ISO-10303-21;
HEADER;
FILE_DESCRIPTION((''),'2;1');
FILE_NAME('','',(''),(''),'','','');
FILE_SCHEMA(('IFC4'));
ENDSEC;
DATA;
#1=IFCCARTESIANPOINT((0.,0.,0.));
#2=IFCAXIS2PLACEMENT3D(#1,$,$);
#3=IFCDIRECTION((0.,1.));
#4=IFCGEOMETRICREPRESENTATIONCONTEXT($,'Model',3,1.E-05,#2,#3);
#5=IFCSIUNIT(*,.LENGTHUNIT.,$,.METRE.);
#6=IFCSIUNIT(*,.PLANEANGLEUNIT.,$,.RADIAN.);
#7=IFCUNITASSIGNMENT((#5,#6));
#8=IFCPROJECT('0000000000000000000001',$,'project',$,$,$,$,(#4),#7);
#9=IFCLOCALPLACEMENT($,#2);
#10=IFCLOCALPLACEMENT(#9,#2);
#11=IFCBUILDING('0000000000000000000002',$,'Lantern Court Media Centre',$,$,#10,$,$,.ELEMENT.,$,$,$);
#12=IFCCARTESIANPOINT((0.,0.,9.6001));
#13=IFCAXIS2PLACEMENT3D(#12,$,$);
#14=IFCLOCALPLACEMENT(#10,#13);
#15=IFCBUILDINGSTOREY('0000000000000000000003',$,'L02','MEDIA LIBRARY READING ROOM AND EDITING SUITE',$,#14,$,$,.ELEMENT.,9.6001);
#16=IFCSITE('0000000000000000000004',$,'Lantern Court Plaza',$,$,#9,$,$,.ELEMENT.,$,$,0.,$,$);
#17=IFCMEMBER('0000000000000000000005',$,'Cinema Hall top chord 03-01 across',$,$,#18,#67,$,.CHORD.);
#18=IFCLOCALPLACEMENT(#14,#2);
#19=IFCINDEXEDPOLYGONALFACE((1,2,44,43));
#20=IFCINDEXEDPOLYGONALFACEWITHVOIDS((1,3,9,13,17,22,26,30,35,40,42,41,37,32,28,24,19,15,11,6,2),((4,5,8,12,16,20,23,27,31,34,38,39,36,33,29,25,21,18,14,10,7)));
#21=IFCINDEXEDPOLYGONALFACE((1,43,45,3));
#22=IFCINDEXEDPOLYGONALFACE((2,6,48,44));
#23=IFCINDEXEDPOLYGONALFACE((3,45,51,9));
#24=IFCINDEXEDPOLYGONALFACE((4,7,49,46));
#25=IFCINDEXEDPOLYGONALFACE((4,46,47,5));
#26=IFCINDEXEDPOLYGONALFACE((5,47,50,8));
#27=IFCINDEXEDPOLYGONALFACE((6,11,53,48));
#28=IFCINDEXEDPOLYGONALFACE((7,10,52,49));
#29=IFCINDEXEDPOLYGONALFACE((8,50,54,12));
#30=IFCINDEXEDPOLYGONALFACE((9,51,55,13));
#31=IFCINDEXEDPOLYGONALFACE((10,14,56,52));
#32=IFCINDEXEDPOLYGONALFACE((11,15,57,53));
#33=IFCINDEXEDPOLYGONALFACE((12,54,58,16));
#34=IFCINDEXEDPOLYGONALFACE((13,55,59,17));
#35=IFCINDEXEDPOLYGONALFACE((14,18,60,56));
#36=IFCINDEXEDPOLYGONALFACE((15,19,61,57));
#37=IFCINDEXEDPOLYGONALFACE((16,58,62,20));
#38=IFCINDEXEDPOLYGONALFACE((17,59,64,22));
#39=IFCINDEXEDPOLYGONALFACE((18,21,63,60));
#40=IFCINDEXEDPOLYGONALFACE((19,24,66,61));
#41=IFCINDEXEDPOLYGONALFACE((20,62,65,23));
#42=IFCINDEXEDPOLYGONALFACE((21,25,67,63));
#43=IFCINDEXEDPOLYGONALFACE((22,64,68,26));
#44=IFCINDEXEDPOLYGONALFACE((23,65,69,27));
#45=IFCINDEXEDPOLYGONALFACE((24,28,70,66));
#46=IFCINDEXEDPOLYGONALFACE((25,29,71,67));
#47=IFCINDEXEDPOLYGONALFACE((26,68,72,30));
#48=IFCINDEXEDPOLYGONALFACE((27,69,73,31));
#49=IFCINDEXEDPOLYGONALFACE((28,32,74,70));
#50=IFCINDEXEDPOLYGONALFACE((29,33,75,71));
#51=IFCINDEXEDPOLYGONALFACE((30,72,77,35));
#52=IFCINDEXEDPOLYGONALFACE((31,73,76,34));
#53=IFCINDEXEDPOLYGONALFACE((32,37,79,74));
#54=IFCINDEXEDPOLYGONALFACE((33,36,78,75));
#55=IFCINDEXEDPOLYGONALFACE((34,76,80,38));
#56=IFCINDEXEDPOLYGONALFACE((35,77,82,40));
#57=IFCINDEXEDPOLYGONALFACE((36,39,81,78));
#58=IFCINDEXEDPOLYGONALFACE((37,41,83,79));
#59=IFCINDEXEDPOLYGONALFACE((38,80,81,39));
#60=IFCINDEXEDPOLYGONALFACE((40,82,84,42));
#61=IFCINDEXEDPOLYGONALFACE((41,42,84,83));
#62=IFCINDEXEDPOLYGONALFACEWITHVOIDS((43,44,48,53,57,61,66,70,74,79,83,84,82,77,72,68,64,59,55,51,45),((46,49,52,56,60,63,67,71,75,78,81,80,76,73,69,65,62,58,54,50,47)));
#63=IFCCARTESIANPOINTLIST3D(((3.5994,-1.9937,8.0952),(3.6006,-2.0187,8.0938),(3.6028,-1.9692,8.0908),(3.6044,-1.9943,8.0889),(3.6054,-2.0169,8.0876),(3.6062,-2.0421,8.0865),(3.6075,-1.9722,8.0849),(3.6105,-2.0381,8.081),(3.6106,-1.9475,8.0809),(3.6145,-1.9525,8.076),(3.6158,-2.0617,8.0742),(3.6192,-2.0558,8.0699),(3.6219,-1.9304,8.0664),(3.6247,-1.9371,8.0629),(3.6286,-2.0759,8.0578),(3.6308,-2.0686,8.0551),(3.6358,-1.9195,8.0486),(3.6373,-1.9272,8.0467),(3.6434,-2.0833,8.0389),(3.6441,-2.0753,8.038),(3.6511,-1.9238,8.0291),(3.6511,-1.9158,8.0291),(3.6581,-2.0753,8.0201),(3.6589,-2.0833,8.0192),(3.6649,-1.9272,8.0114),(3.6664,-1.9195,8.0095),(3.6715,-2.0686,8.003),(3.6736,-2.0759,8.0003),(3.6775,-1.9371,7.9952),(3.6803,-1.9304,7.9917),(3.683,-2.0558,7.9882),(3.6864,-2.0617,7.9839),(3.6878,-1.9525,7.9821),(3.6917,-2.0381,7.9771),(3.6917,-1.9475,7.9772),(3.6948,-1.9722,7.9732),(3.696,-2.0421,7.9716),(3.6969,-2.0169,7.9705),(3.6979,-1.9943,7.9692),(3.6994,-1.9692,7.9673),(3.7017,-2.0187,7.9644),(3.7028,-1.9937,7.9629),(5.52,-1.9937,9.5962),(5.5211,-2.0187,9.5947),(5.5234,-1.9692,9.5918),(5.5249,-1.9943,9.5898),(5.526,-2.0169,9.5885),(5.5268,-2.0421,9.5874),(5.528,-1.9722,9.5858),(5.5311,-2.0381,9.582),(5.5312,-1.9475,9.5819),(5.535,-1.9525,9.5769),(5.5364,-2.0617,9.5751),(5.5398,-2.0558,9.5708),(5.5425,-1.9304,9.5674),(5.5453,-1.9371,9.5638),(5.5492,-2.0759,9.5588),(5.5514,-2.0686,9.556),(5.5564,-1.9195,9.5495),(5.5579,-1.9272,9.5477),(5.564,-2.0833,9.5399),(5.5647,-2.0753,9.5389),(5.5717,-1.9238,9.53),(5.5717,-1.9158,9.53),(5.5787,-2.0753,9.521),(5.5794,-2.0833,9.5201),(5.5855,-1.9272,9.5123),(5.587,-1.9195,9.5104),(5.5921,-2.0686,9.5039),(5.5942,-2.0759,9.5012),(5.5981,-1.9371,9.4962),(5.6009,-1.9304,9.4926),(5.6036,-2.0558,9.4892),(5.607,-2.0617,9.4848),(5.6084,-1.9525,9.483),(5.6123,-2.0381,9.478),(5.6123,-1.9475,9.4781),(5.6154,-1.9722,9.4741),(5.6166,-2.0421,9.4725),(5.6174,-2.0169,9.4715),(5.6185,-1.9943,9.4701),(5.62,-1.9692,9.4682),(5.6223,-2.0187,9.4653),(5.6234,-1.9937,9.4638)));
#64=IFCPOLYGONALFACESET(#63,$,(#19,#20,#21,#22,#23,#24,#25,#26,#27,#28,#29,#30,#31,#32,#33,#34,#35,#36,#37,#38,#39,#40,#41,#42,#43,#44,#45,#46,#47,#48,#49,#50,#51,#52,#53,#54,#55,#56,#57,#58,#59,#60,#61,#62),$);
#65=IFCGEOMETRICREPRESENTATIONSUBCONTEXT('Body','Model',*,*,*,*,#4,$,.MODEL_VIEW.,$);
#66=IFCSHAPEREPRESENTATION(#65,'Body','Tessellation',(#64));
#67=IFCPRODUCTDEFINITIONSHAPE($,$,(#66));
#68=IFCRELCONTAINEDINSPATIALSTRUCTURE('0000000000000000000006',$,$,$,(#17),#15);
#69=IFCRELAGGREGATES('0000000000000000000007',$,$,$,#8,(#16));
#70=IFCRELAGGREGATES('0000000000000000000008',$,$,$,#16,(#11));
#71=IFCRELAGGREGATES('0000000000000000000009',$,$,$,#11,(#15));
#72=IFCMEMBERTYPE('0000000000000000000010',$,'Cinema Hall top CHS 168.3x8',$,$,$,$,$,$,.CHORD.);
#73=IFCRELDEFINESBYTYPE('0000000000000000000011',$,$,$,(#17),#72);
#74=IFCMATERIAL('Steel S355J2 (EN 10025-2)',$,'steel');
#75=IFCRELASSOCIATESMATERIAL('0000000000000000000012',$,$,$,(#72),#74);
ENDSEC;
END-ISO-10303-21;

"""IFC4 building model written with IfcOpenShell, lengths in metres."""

from ifc_helpers import new_model, si_unit, direction, frame, origin, origin_2d, place, context, subcontext, project, spatial, hollow_circle, extrude, material, material_profile, profile_set, type_object, element, save


model = new_model("IFC4")

# Units and contexts
model_context = context("Model", 3, precision=1e-05, world=origin(), true_north=direction((0.0, 1.0)))
body_context = subcontext(model_context, "Body", "Model", "MODEL_VIEW")
ifc_project = project(units=[si_unit("LENGTHUNIT", "METRE"), si_unit("PLANEANGLEUNIT", "RADIAN")], contexts=[model_context])

# Site, building, storey
site_placement = place(None, origin())
site = spatial("IfcSite", under=ifc_project, at=site_placement, Name="Lantern Court Plaza", CompositionType="ELEMENT", RefElevation=0.0)
building_placement = place(site_placement, origin())
building = spatial("IfcBuilding", under=site, at=building_placement, Name="Lantern Court Media Centre", CompositionType="ELEMENT")
storey_placement = place(building_placement, frame((0.0, 0.0, 9.6001)))
storey = spatial("IfcBuildingStorey", under=building, at=storey_placement, Name="L02", Description="MEDIA LIBRARY READING ROOM AND EDITING SUITE", CompositionType="ELEMENT", Elevation=9.6001)

# Member
ifc_material = material(Name="Steel S355J2 (EN 10025-2)", Category="steel")
ifc_material_profile_1 = material_profile(ifc_material, hollow_circle(Radius=0.0842, WallThickness=0.0081, at=origin_2d()), Name="Cinema Hall top CHS 168.3x8")
ifc_profile_set_1 = profile_set([ifc_material_profile_1], Name="Steel S355J2 (EN 10025-2)")
member_type_1 = type_object("IfcMemberType", Name="Cinema Hall top CHS 168.3x8", PredefinedType="CHORD", material=ifc_profile_set_1)
member_1_placement = place(storey_placement, frame((3.6511, -2.0, 8.0291), z_axis=(0.787932, 0.0, 0.615763), x_axis=(0.0, 1.0, 0.0)))
element("IfcMember", 1, at=member_1_placement, inside=storey, type_object=member_type_1, Name="Cinema Hall top chord 03-01 across", PredefinedType="CHORD", context=body_context, shape_type="SweptSolid", body=[
    extrude(hollow_circle(Radius=0.0842, WallThickness=0.0081, at=origin_2d()), origin(), (0.0, 0.0, 1.0), 2.4375),
])

save(model, "model.ifc")
